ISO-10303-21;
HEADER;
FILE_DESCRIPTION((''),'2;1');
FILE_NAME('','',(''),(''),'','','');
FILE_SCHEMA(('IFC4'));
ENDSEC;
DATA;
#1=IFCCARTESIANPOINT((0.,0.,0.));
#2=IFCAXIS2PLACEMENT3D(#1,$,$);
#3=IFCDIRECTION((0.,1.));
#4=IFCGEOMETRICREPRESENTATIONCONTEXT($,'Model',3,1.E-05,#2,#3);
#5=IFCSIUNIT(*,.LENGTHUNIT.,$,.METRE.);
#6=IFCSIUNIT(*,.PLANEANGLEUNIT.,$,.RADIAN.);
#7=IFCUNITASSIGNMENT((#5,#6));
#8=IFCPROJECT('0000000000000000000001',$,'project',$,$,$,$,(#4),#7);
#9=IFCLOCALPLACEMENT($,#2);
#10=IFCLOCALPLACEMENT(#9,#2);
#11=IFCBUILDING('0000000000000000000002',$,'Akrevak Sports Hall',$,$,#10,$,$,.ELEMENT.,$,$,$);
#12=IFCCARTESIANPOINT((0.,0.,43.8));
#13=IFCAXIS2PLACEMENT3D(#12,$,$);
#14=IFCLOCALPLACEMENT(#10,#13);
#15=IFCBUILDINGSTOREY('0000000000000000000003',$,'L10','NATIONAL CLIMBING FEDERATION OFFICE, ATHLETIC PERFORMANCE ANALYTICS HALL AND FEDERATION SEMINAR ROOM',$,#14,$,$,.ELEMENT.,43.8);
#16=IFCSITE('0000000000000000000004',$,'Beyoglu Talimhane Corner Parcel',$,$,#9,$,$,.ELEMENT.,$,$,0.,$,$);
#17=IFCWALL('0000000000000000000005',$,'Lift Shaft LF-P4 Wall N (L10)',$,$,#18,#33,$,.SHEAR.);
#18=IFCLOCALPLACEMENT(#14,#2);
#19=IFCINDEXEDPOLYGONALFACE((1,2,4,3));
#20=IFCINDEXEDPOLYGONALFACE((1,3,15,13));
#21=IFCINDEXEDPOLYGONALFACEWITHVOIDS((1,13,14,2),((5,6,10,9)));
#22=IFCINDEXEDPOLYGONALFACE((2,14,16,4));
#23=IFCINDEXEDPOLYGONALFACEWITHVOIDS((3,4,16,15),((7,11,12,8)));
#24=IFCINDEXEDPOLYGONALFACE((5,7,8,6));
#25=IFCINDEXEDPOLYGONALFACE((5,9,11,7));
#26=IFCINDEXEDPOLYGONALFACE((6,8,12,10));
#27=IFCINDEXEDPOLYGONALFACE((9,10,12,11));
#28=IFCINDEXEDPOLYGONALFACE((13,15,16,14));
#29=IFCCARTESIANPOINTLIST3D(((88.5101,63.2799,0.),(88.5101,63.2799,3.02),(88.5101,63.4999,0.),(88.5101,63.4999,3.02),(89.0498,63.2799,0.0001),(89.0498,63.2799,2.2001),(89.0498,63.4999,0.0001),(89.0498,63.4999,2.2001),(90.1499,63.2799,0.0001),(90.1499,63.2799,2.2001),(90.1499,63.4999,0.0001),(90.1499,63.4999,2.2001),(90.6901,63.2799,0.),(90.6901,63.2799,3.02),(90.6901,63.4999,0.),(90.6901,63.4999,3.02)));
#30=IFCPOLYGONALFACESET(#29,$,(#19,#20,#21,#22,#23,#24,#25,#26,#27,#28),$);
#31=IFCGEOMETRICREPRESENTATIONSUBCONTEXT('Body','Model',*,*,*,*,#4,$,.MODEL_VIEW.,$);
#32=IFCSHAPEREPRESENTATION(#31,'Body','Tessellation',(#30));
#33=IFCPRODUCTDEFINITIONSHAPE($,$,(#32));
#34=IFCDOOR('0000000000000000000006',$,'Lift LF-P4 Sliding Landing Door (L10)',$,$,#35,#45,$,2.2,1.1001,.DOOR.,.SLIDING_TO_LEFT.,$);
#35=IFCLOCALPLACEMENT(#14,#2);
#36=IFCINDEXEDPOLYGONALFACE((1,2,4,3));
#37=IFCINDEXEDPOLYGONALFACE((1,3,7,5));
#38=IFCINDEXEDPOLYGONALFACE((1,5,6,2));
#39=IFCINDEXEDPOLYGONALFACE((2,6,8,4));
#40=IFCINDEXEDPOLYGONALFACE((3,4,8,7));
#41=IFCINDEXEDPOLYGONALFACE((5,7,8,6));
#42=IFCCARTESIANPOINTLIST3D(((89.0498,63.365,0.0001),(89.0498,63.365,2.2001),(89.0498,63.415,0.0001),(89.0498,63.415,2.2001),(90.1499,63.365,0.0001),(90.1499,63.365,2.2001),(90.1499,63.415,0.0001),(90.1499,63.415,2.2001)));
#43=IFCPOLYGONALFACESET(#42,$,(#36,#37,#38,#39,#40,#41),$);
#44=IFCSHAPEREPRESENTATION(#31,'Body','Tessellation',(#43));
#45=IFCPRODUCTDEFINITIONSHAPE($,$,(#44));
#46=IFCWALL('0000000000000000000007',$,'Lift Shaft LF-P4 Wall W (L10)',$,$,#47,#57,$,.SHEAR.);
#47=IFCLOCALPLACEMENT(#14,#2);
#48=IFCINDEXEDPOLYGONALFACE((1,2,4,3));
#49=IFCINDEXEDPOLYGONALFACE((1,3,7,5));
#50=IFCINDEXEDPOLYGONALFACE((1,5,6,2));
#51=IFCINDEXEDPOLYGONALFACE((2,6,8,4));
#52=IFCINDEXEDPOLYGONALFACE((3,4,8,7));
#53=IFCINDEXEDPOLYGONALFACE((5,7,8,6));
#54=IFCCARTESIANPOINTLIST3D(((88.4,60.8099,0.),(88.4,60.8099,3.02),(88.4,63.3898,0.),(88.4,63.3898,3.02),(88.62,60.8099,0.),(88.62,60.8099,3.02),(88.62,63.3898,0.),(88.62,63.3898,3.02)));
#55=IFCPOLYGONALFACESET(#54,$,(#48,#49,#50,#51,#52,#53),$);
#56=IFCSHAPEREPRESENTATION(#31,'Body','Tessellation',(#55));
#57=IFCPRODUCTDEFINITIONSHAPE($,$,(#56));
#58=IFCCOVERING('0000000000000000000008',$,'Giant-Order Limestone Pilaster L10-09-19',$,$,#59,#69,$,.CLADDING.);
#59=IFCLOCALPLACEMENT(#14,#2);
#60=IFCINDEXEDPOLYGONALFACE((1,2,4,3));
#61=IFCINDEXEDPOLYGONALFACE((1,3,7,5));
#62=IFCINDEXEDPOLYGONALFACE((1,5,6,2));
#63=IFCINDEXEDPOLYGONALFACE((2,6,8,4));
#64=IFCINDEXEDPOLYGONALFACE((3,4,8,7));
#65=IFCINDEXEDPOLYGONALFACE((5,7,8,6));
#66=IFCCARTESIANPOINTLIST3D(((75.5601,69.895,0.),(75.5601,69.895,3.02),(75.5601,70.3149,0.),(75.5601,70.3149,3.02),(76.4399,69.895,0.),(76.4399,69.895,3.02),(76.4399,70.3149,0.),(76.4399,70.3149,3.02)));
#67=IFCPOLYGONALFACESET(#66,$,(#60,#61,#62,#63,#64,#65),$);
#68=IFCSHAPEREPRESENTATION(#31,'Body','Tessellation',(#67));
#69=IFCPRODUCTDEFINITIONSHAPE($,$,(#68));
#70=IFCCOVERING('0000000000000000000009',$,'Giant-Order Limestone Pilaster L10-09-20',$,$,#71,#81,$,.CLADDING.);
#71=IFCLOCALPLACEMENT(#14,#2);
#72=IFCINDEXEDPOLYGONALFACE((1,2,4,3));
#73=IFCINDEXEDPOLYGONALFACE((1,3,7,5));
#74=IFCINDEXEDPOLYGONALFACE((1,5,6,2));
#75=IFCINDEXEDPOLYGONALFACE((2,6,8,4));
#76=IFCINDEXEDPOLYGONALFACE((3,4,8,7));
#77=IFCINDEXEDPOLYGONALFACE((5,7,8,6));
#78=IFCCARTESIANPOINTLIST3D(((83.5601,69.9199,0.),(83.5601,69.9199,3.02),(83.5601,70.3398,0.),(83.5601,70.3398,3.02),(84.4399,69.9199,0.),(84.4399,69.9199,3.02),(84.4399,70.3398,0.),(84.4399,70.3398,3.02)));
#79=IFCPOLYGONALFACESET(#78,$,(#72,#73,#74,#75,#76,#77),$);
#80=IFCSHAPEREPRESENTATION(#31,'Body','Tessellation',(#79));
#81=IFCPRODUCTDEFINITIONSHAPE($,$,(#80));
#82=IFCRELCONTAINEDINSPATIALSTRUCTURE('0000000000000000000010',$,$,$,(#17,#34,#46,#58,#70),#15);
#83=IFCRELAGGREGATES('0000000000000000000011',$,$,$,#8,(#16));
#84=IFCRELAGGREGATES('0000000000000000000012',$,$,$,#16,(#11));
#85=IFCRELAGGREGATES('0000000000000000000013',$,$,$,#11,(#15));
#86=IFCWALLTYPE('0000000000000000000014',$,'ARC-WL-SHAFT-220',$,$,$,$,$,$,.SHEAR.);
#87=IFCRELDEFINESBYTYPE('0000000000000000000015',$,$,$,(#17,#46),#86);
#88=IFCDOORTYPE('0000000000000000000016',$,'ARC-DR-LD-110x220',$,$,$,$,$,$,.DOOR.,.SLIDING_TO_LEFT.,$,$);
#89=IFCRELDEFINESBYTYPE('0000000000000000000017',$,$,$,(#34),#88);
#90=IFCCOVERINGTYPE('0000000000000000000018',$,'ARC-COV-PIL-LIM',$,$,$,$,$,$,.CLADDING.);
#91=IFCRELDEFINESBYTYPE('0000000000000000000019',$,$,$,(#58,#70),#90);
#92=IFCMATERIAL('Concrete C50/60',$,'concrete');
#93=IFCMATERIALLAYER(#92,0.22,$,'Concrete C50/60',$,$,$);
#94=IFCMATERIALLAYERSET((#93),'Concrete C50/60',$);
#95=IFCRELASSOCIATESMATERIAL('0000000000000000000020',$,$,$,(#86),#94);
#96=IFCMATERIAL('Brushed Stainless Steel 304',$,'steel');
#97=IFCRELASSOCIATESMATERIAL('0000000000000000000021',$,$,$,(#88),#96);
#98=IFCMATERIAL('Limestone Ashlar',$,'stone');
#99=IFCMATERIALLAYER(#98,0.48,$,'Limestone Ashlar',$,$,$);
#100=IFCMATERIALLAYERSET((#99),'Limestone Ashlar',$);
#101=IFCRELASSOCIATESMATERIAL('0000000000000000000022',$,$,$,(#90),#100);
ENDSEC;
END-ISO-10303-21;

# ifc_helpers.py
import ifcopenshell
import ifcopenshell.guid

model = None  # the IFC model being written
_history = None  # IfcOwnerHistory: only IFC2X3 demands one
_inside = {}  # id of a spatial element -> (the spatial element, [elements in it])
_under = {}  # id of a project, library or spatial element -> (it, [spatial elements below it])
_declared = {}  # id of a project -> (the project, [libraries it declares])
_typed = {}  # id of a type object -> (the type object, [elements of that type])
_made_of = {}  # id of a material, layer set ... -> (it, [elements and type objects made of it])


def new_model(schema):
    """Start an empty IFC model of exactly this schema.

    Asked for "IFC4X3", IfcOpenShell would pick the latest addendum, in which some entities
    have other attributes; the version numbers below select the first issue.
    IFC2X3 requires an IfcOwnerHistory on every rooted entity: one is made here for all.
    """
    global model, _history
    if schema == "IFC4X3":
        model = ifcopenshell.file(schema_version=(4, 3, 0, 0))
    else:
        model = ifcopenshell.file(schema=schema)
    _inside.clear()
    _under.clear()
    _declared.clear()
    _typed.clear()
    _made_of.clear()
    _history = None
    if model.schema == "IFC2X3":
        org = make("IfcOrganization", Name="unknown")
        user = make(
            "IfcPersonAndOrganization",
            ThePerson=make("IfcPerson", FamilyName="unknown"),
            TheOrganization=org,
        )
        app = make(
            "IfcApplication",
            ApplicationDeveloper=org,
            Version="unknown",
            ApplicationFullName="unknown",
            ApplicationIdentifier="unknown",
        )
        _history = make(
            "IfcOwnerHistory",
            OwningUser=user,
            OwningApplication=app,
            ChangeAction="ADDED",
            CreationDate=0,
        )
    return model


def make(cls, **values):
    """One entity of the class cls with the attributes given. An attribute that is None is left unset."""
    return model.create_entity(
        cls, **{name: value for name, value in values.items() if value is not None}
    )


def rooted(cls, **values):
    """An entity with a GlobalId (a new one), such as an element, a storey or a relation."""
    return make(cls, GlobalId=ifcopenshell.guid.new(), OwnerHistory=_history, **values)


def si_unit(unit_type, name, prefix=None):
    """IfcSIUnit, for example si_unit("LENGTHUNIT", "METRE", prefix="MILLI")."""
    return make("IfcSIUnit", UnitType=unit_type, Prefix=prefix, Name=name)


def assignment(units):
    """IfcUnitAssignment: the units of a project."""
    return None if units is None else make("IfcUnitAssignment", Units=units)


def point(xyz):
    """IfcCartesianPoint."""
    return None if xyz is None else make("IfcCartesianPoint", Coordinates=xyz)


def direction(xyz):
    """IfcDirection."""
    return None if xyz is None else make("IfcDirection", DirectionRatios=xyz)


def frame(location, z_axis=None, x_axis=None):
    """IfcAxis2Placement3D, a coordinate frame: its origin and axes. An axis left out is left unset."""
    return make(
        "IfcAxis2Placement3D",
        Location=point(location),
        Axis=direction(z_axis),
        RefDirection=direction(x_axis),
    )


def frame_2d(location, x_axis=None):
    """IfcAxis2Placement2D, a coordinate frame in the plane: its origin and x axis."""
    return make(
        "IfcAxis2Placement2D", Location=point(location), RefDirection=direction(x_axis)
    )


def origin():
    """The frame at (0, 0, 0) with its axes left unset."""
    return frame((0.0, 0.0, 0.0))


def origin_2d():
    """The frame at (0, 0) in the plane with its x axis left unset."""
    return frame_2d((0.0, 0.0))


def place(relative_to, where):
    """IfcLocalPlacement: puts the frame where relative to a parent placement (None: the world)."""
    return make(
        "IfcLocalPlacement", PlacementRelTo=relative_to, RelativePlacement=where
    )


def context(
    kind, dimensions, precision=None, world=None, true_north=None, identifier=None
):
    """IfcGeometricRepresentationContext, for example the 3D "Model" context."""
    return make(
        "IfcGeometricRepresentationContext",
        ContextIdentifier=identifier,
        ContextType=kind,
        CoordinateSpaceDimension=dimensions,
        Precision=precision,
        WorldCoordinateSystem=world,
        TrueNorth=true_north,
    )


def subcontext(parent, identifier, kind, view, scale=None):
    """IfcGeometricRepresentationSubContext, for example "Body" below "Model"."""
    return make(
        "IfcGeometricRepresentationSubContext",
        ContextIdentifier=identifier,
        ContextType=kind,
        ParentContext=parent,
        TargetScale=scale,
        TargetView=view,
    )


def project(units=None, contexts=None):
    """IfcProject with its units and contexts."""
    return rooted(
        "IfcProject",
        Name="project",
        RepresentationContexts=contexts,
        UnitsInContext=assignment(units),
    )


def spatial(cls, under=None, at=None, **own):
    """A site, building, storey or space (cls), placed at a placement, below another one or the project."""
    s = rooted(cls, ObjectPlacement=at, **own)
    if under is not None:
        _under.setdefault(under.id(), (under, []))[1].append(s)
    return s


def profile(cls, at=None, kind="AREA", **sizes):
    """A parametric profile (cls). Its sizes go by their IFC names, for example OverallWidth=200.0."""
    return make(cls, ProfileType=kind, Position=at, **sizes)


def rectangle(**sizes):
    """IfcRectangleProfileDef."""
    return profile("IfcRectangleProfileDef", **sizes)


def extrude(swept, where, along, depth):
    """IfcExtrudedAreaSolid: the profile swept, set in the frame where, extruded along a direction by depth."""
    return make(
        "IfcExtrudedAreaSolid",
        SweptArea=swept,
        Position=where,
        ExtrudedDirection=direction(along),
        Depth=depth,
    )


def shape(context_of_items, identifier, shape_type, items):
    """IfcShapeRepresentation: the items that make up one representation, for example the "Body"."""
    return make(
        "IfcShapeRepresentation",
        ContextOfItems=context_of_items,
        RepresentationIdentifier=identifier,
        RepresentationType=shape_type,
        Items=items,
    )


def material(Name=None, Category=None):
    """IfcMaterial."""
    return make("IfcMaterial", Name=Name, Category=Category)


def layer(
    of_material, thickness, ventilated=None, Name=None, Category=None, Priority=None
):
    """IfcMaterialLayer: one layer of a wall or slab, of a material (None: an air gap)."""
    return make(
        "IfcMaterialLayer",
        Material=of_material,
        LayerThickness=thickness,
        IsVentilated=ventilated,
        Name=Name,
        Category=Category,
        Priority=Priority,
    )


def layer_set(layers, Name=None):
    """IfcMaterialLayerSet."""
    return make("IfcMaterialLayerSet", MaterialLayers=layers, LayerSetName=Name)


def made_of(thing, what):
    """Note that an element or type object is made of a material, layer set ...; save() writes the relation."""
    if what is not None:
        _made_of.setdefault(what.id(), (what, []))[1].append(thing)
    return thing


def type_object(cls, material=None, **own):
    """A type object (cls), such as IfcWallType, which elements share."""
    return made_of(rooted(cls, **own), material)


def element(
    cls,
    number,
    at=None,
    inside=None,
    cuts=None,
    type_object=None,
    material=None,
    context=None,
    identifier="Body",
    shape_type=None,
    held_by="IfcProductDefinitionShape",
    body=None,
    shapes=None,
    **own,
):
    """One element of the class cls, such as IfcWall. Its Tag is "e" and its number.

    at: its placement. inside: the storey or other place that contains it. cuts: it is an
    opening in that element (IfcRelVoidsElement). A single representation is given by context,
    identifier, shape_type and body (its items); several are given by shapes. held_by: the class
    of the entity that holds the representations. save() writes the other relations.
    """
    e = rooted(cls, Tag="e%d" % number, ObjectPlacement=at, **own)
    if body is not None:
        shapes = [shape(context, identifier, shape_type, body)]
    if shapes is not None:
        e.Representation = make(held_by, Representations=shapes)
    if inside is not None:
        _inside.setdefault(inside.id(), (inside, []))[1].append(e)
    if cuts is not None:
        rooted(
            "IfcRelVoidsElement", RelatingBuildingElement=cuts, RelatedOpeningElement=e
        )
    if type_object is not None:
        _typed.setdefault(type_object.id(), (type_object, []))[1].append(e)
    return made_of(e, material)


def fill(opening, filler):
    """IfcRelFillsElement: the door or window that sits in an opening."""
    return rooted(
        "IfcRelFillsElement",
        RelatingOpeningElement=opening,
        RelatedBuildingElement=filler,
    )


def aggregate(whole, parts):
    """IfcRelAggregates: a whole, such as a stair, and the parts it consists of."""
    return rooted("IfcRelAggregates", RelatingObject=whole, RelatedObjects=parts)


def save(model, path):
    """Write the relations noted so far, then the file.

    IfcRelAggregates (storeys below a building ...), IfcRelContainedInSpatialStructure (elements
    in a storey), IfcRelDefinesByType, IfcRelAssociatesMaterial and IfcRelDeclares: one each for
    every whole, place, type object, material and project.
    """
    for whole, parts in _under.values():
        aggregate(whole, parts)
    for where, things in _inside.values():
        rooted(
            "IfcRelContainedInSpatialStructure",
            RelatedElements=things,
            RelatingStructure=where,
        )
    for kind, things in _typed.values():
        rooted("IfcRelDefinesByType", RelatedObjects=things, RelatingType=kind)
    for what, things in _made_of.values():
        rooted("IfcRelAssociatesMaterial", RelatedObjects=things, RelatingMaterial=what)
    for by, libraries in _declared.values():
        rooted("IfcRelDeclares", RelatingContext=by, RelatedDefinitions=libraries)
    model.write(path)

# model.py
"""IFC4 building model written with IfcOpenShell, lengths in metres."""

from ifc_helpers import new_model, si_unit, direction, frame, frame_2d, origin, origin_2d, place, context, subcontext, project, spatial, rectangle, extrude, material, layer, layer_set, type_object, element, fill, save


model = new_model("IFC4")

# Units and contexts
model_context = context("Model", 3, precision=1e-05, world=origin(), true_north=direction((0.0, 1.0)))
body_context = subcontext(model_context, "Body", "Model", "MODEL_VIEW")
ifc_project = project(units=[si_unit("LENGTHUNIT", "METRE"), si_unit("PLANEANGLEUNIT", "RADIAN")], contexts=[model_context])

# Site, building, storey
site_placement = place(None, origin())
site = spatial("IfcSite", under=ifc_project, at=site_placement, Name="Beyoglu Talimhane Corner Parcel", CompositionType="ELEMENT", RefElevation=0.0)
building_placement = place(site_placement, origin())
building = spatial("IfcBuilding", under=site, at=building_placement, Name="Akrevak Sports Hall", CompositionType="ELEMENT")
storey_placement = place(building_placement, frame((0.0, 0.0, 43.8)))
storey = spatial("IfcBuildingStorey", under=building, at=storey_placement, Name="L10", Description="NATIONAL CLIMBING FEDERATION OFFICE, ATHLETIC PERFORMANCE ANALYTICS HALL AND FEDERATION SEMINAR ROOM", CompositionType="ELEMENT", Elevation=43.8)

# Wall, opening, door
ifc_material_1 = material(Name="Concrete C50/60", Category="concrete")
ifc_layer_1 = layer(ifc_material_1, 0.22, Name="Concrete C50/60")
ifc_layer_set_1 = layer_set([ifc_layer_1], Name="Concrete C50/60")
wall_type_1 = type_object("IfcWallType", Name="ARC-WL-SHAFT-220", PredefinedType="SHEAR", material=ifc_layer_set_1)
wall_1_placement = place(storey_placement, frame((90.6899, 63.3899, 0.0), z_axis=(0.0, 0.0, 1.0), x_axis=(-1.0, 0.0, 0.0)))
wall_1 = element("IfcWall", 1, at=wall_1_placement, inside=storey, type_object=wall_type_1, Name="Lift Shaft LF-P4 Wall N (L10)", PredefinedType="SHEAR", context=body_context, shape_type="SweptSolid", body=[
    extrude(rectangle(XDim=2.1799, YDim=0.22, at=frame_2d((1.0898, 0.0))), origin(), (0.0, 0.0, 1.0), 3.02),
])
opening_1_placement = place(wall_1_placement, frame((0.54, 0.0, 0.0)))
opening_1 = element("IfcOpeningElement", 2, at=opening_1_placement, cuts=wall_1, PredefinedType="OPENING", context=body_context, shape_type="SweptSolid", body=[
    extrude(rectangle(XDim=1.1001, YDim=2.2, at=frame_2d((0.55, 1.1001))), frame((0.0, 0.1221, 0.0), z_axis=(0.0, -1.0, 0.0), x_axis=(1.0, 0.0, 0.0)), (0.0, 0.0, 1.0), 0.2439),
])
ifc_material_2 = material(Name="Brushed Stainless Steel 304", Category="steel")
door_type_1 = type_object("IfcDoorType", Name="ARC-DR-LD-110x220", OperationType="SLIDING_TO_LEFT", PredefinedType="DOOR", material=ifc_material_2)
door_1_placement = place(opening_1_placement, origin())
door_1 = element("IfcDoor", 3, at=door_1_placement, inside=storey, type_object=door_type_1, Name="Lift LF-P4 Sliding Landing Door (L10)", OperationType="SLIDING_TO_LEFT", OverallHeight=2.2, OverallWidth=1.1001, PredefinedType="DOOR", context=body_context, shape_type="SweptSolid", body=[
    extrude(rectangle(XDim=1.1001, YDim=2.2, at=frame_2d((0.55, 1.1001))), frame((0.0, 0.0249, 0.0), z_axis=(0.0, -1.0, 0.0), x_axis=(1.0, 0.0, 0.0)), (0.0, 0.0, 1.0), 0.05),
])
fill(opening_1, door_1)

# Wall
wall_2_placement = place(storey_placement, frame((88.51, 63.3899, 0.0), z_axis=(0.0, 0.0, 1.0), x_axis=(0.0, -1.0, 0.0)))
element("IfcWall", 4, at=wall_2_placement, inside=storey, type_object=wall_type_1, Name="Lift Shaft LF-P4 Wall W (L10)", PredefinedType="SHEAR", context=body_context, shape_type="SweptSolid", body=[
    extrude(rectangle(XDim=2.5798, YDim=0.22, at=frame_2d((1.29, 0.0))), origin(), (0.0, 0.0, 1.0), 3.02),
])

# Coverings
ifc_material_3 = material(Name="Limestone Ashlar", Category="stone")
ifc_layer_2 = layer(ifc_material_3, 0.48, Name="Limestone Ashlar")
ifc_layer_set_2 = layer_set([ifc_layer_2], Name="Limestone Ashlar")
covering_type = type_object("IfcCoveringType", Name="ARC-COV-PIL-LIM", PredefinedType="CLADDING", material=ifc_layer_set_2)
for number, where, z_axis, x_axis, name in (
    (5, (76.0, 70.105, 0.0), (0.0, 0.0, 1.0), (-1.0, 0.0, 0.0), "Giant-Order Limestone Pilaster L10-09-19"),
    (6, (84.0, 70.1299, 0.0), (0.0, 0.0, 1.0), (-1.0, 0.0, 0.0), "Giant-Order Limestone Pilaster L10-09-20"),
):
    element("IfcCovering", number, at=place(storey_placement, frame(where, z_axis=z_axis, x_axis=x_axis)), inside=storey, type_object=covering_type, Name=name, PredefinedType="CLADDING", context=body_context, shape_type="SweptSolid", body=[
        extrude(rectangle(XDim=0.8799, YDim=0.4199, at=origin_2d()), origin(), (0.0, 0.0, 1.0), 3.02),
    ])

save(model, "model.ifc")
